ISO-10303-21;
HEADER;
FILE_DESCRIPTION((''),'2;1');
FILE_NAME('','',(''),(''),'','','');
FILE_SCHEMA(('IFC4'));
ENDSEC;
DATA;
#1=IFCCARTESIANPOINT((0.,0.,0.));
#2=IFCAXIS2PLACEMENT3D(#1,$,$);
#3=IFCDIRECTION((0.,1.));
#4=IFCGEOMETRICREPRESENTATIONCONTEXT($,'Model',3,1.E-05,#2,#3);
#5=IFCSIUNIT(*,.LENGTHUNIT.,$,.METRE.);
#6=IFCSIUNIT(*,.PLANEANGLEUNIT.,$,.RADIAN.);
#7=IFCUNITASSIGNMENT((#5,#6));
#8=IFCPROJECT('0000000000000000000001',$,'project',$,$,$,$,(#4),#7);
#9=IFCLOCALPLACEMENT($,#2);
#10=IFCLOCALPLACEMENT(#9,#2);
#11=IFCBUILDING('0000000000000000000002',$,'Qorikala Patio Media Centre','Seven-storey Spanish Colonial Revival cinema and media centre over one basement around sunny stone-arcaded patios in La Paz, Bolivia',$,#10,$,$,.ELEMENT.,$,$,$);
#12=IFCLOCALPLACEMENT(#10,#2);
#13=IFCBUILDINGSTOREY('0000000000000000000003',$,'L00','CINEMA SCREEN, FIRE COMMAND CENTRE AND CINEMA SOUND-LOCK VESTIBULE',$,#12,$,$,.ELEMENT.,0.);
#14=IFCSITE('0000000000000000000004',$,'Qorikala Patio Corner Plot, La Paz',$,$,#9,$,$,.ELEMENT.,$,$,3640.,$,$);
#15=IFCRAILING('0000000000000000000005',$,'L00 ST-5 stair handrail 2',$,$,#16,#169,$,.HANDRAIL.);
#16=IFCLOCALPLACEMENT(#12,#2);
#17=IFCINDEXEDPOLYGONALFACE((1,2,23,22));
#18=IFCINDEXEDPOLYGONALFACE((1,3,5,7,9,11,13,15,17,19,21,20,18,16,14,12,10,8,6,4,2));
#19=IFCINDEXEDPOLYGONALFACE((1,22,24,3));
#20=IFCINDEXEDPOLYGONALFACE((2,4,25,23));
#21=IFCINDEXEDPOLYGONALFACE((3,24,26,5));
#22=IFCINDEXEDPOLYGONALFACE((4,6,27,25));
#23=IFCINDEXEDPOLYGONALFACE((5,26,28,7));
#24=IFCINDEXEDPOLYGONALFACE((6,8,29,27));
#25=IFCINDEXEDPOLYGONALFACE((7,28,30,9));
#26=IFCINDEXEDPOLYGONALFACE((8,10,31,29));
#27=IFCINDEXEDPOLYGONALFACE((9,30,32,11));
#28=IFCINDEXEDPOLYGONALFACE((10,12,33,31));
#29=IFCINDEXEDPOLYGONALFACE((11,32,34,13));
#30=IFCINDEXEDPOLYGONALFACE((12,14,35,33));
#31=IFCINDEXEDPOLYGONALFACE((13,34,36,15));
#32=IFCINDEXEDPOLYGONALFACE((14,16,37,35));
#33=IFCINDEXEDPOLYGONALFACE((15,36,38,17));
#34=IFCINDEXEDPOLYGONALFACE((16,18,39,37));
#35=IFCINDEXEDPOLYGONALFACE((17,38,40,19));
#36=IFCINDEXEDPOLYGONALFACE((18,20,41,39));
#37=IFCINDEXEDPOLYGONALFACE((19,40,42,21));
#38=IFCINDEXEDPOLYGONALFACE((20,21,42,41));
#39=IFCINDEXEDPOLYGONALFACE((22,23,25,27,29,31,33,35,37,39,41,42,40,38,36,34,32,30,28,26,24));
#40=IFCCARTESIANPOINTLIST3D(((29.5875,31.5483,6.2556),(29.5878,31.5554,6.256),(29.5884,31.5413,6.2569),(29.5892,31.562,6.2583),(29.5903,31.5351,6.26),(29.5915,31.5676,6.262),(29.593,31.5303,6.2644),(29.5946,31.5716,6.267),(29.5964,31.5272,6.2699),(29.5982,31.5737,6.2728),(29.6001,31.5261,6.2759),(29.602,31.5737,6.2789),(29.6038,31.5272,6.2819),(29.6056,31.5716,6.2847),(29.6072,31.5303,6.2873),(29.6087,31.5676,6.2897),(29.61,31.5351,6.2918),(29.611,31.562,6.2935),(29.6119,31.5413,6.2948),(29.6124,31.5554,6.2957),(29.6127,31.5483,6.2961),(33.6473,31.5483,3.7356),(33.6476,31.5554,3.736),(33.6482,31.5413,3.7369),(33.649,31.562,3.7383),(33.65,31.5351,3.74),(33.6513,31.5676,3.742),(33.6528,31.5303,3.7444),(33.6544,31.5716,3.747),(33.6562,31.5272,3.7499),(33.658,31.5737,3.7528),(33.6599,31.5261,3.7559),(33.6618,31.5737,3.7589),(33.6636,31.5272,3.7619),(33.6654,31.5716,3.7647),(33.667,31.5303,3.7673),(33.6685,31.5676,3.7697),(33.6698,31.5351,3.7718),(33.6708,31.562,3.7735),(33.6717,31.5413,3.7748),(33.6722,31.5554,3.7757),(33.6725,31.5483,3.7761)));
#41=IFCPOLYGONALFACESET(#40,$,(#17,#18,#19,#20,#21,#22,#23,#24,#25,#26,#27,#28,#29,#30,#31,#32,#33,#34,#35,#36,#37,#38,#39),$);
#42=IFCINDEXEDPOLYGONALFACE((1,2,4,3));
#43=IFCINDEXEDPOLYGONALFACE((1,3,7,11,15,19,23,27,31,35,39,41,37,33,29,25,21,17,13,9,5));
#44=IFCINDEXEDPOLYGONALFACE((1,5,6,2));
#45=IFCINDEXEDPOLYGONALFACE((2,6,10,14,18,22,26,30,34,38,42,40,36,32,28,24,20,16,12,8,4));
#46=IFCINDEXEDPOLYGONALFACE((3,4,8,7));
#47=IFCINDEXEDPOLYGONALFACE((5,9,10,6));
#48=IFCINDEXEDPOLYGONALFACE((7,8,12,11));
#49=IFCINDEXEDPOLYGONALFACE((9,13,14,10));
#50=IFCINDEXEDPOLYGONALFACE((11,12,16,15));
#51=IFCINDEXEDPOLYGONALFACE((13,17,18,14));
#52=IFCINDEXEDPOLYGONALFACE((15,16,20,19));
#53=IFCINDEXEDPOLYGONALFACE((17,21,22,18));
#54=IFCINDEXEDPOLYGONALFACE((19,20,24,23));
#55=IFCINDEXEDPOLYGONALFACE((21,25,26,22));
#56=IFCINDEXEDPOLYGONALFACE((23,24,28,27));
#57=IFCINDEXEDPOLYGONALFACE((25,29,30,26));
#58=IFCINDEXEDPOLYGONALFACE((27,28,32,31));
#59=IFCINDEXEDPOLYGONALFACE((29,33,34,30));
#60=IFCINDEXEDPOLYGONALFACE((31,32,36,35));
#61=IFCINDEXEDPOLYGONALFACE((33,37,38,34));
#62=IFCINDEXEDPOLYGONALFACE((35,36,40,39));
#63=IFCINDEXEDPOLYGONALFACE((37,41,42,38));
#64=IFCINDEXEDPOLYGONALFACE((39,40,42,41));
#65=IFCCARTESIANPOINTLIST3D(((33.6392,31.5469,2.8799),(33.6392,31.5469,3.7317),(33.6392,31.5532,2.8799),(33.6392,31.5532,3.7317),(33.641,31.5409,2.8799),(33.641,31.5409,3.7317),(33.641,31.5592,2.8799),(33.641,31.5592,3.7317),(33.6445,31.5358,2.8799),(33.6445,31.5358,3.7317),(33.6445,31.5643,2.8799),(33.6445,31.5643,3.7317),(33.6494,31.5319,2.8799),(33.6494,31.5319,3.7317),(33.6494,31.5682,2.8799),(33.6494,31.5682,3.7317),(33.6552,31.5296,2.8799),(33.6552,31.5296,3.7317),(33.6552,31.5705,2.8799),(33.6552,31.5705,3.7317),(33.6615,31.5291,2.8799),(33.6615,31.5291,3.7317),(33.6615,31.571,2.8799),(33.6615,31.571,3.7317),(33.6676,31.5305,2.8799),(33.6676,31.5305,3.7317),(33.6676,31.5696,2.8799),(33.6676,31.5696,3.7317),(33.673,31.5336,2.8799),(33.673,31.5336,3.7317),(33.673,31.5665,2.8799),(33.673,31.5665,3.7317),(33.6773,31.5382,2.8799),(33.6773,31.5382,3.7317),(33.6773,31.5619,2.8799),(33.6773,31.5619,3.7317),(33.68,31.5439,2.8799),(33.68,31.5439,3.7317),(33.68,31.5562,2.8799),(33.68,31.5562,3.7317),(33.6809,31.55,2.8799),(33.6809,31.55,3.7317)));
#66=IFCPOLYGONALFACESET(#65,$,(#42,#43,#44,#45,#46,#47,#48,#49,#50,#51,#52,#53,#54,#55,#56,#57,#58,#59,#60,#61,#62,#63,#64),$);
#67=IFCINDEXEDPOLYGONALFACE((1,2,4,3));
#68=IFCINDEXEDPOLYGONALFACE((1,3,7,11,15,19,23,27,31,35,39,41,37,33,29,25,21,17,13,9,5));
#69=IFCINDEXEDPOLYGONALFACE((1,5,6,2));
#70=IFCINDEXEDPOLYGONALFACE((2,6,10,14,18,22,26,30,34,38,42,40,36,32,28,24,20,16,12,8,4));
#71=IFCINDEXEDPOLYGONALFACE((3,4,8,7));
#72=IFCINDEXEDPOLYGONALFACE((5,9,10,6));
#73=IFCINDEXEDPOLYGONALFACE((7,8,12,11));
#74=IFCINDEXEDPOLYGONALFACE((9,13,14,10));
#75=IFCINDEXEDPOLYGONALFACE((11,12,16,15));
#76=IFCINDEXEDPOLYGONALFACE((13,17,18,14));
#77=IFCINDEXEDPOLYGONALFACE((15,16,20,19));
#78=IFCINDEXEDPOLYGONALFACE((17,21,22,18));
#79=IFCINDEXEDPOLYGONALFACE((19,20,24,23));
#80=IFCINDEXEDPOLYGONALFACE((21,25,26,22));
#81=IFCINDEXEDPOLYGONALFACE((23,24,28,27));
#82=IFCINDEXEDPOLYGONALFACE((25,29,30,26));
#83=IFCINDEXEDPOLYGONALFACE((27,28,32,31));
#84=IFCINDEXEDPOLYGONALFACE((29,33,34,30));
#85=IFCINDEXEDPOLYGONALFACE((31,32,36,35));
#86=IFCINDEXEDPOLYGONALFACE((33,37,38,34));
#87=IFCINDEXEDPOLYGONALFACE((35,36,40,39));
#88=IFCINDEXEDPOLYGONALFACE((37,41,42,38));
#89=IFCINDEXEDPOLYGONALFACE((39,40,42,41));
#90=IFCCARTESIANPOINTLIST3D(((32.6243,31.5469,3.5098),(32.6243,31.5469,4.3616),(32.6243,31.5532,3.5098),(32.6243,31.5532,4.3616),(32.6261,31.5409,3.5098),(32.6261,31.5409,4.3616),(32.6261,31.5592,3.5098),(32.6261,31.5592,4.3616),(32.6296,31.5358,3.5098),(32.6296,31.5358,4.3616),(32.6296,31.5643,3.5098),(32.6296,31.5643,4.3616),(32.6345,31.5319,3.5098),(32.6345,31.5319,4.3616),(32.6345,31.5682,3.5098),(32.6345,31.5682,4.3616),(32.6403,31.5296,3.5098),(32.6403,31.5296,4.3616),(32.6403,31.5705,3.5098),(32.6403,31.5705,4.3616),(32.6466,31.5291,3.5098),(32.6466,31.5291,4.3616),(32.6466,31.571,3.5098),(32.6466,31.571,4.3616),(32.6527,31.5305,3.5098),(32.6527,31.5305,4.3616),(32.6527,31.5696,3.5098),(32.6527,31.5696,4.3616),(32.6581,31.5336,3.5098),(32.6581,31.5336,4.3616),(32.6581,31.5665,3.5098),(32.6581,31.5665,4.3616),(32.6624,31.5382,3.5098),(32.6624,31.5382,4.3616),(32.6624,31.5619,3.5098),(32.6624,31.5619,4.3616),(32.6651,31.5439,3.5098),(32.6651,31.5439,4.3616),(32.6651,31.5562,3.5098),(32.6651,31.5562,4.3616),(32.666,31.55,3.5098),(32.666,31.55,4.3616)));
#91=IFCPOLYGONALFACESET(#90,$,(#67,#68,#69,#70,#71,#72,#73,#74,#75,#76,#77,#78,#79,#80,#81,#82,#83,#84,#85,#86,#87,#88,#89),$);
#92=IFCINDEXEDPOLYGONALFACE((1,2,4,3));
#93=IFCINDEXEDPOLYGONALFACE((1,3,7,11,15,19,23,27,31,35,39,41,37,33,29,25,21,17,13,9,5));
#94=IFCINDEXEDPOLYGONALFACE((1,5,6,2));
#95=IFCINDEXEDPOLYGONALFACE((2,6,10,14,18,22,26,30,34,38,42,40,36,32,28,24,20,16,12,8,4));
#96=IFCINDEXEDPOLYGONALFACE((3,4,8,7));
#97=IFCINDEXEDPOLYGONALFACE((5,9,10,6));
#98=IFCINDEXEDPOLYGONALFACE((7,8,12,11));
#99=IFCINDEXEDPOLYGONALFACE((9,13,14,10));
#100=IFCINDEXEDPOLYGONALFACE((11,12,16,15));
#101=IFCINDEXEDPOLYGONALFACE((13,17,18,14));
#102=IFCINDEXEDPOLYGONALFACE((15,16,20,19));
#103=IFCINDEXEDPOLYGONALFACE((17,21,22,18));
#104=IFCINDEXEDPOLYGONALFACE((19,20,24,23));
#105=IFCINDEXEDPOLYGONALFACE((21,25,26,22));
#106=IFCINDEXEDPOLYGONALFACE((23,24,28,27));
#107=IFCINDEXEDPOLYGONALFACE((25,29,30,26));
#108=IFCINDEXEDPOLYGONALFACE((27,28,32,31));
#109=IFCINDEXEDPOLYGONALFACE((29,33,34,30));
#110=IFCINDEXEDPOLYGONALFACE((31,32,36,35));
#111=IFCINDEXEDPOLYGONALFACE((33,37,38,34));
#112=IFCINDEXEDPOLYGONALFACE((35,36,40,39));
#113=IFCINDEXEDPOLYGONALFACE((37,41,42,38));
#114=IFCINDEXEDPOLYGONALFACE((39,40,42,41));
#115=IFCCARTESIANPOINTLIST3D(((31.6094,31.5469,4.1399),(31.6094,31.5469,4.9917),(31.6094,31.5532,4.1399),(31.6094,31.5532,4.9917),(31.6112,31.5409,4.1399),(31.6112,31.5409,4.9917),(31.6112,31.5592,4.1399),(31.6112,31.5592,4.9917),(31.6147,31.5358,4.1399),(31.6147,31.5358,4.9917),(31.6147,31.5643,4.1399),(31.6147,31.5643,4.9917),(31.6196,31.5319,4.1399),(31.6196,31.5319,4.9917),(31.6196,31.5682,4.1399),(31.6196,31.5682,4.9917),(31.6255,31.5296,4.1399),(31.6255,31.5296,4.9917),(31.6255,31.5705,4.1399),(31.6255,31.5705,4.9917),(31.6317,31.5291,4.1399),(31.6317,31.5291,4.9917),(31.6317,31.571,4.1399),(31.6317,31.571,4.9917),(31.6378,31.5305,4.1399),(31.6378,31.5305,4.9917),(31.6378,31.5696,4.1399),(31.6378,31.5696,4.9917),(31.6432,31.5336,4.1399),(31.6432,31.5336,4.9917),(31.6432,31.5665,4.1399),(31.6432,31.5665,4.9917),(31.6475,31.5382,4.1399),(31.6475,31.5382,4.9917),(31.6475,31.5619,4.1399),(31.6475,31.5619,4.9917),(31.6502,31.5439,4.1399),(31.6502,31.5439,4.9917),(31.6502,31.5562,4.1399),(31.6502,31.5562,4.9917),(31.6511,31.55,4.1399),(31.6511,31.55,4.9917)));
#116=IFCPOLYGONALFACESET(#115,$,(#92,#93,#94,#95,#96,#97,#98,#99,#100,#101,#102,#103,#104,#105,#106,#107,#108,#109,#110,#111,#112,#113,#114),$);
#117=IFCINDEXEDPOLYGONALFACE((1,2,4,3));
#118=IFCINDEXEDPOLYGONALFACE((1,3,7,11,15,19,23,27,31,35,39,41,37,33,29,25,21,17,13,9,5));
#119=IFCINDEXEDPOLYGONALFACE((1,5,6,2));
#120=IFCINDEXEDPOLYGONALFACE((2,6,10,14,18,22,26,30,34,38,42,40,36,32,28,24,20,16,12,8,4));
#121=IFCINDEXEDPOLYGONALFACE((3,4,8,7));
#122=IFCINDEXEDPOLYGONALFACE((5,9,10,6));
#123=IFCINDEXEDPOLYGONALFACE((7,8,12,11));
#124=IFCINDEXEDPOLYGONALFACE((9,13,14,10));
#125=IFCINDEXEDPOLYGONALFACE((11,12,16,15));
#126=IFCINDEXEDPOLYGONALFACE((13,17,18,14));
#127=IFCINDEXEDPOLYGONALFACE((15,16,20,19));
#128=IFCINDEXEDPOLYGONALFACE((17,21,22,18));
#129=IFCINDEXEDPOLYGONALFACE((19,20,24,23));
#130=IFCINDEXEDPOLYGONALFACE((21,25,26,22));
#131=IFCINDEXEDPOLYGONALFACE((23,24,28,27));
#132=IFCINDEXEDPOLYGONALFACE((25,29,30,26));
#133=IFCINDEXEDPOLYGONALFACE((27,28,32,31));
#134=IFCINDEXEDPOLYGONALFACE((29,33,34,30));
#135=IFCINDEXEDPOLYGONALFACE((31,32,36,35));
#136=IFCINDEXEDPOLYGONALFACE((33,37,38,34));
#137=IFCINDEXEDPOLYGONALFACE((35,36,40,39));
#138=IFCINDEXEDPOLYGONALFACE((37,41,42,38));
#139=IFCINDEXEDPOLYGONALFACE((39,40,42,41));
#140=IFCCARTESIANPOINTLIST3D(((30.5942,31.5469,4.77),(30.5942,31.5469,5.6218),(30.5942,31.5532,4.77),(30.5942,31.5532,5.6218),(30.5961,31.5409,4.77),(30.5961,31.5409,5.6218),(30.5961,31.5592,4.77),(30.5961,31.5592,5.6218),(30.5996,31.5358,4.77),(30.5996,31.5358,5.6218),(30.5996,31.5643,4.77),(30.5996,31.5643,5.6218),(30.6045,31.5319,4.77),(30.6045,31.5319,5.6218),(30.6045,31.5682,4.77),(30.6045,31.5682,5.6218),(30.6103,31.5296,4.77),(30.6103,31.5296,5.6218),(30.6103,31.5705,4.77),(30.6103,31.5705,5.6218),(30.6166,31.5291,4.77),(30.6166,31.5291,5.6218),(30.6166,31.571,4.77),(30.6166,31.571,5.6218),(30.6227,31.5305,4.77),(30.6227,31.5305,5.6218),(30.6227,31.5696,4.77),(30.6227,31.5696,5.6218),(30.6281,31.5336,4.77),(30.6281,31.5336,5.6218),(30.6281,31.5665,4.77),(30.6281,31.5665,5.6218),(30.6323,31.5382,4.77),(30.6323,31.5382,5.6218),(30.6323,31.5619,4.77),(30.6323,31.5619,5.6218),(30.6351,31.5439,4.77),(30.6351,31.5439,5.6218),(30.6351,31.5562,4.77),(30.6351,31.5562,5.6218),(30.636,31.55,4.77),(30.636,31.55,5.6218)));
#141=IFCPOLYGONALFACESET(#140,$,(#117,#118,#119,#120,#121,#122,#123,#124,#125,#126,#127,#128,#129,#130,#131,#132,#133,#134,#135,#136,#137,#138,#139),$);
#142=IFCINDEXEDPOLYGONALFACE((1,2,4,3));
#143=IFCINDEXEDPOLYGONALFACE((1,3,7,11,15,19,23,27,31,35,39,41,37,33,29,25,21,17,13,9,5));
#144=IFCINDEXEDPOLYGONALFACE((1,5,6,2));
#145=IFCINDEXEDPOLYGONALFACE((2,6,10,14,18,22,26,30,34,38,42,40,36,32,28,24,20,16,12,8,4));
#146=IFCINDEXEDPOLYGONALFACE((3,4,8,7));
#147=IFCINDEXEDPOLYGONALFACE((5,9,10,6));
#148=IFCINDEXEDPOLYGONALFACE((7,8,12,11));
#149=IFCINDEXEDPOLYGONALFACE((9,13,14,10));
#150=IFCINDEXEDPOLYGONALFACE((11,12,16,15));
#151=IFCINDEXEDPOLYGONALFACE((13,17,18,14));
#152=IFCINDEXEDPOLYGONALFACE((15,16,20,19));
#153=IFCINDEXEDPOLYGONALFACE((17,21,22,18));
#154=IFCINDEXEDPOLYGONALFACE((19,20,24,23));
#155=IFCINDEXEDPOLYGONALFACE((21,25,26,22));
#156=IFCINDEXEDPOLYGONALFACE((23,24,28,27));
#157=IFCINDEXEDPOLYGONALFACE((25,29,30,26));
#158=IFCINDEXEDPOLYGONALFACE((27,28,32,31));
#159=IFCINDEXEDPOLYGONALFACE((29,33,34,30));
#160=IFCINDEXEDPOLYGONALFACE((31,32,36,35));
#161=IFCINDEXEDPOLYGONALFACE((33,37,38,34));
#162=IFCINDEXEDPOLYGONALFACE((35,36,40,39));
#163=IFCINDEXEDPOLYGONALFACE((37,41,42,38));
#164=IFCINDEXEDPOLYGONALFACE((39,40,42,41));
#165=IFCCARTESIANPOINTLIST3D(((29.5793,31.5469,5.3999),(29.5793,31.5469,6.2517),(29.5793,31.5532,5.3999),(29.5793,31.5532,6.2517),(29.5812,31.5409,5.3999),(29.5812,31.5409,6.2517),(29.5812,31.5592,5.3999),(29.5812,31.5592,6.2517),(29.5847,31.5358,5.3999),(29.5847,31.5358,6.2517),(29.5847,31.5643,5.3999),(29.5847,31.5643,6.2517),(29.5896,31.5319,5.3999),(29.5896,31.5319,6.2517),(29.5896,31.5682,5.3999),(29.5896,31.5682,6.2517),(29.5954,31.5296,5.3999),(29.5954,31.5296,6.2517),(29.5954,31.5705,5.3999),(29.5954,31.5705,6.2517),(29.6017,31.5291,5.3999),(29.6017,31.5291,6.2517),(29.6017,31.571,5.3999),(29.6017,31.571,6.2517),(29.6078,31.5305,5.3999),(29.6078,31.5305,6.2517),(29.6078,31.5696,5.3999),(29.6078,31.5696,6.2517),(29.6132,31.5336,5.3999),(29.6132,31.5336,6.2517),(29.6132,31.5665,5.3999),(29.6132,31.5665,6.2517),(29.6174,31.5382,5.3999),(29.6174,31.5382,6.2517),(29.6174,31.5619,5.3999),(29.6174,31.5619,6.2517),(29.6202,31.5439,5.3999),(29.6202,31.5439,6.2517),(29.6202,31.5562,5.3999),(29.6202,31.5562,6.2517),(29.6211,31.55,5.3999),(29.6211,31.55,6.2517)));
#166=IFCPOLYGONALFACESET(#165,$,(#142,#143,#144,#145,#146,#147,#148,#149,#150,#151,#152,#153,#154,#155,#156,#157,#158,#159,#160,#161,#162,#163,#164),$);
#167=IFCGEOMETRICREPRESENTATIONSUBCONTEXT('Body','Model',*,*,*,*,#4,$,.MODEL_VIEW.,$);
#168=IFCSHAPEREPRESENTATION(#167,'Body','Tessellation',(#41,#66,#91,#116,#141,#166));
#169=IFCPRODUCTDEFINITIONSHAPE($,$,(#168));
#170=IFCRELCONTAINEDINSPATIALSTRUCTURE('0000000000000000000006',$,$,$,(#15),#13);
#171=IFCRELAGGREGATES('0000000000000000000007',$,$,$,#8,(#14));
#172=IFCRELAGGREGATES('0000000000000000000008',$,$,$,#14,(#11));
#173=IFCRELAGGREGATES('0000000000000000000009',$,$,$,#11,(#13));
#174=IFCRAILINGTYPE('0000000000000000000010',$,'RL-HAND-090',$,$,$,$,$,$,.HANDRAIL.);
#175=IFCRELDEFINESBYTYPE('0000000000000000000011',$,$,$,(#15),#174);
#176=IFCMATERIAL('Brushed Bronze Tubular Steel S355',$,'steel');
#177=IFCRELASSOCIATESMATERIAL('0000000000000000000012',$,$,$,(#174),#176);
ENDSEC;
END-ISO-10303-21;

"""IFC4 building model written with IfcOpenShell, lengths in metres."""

from ifc_helpers import new_model, si_unit, direction, frame, origin, origin_2d, place, context, subcontext, project, spatial, circle, extrude, material, type_object, element, save


model = new_model("IFC4")

# Units and contexts
model_context = context("Model", 3, precision=1e-05, world=origin(), true_north=direction((0.0, 1.0)))
body_context = subcontext(model_context, "Body", "Model", "MODEL_VIEW")
ifc_project = project(units=[si_unit("LENGTHUNIT", "METRE"), si_unit("PLANEANGLEUNIT", "RADIAN")], contexts=[model_context])

# Site, building, storey
site_placement = place(None, origin())
site = spatial("IfcSite", under=ifc_project, at=site_placement, Name="Qorikala Patio Corner Plot, La Paz", CompositionType="ELEMENT", RefElevation=3640.0)
building_placement = place(site_placement, origin())
building = spatial("IfcBuilding", under=site, at=building_placement, Name="Qorikala Patio Media Centre", Description="Seven-storey Spanish Colonial Revival cinema and media centre over one basement around sunny stone-arcaded patios in La Paz, Bolivia", CompositionType="ELEMENT")
storey_placement = place(building_placement, origin())
storey = spatial("IfcBuildingStorey", under=building, at=storey_placement, Name="L00", Description="CINEMA SCREEN, FIRE COMMAND CENTRE AND CINEMA SOUND-LOCK VESTIBULE", CompositionType="ELEMENT", Elevation=0.0)

# Railing
ifc_material_1 = material(Name="Brushed Bronze Tubular Steel S355", Category="steel")
railing_type_1 = type_object("IfcRailingType", Name="RL-HAND-090", PredefinedType="HANDRAIL", material=ifc_material_1)
railing_1_placement = place(storey_placement, frame((33.6599, 31.55, 2.8799)))
element("IfcRailing", 1, at=railing_1_placement, inside=storey, type_object=railing_type_1, Name="L00 ST-5 stair handrail 2", PredefinedType="HANDRAIL", context=body_context, shape_type="SweptSolid", body=[
    extrude(circle(Radius=0.0239, at=origin_2d()), frame((0.0, 0.0, 0.876), z_axis=(-0.849628, 0.0, 0.527383), x_axis=(0.0, -1.0, 0.0)), (0.0, 0.0, 1.0), 4.7783),
    extrude(circle(Radius=0.021, at=origin_2d()), origin(), (0.0, 0.0, 1.0), 0.8518),
    extrude(circle(Radius=0.021, at=origin_2d()), frame((-1.0149, 0.0, 0.6299)), (0.0, 0.0, 1.0), 0.8518),
    extrude(circle(Radius=0.021, at=origin_2d()), frame((-2.0298, 0.0, 1.26)), (0.0, 0.0, 1.0), 0.8518),
    extrude(circle(Radius=0.021, at=origin_2d()), frame((-3.0449, 0.0, 1.8901)), (0.0, 0.0, 1.0), 0.8518),
    extrude(circle(Radius=0.021, at=origin_2d()), frame((-4.0598, 0.0, 2.52)), (0.0, 0.0, 1.0), 0.8518),
])

save(model, "model.ifc")
